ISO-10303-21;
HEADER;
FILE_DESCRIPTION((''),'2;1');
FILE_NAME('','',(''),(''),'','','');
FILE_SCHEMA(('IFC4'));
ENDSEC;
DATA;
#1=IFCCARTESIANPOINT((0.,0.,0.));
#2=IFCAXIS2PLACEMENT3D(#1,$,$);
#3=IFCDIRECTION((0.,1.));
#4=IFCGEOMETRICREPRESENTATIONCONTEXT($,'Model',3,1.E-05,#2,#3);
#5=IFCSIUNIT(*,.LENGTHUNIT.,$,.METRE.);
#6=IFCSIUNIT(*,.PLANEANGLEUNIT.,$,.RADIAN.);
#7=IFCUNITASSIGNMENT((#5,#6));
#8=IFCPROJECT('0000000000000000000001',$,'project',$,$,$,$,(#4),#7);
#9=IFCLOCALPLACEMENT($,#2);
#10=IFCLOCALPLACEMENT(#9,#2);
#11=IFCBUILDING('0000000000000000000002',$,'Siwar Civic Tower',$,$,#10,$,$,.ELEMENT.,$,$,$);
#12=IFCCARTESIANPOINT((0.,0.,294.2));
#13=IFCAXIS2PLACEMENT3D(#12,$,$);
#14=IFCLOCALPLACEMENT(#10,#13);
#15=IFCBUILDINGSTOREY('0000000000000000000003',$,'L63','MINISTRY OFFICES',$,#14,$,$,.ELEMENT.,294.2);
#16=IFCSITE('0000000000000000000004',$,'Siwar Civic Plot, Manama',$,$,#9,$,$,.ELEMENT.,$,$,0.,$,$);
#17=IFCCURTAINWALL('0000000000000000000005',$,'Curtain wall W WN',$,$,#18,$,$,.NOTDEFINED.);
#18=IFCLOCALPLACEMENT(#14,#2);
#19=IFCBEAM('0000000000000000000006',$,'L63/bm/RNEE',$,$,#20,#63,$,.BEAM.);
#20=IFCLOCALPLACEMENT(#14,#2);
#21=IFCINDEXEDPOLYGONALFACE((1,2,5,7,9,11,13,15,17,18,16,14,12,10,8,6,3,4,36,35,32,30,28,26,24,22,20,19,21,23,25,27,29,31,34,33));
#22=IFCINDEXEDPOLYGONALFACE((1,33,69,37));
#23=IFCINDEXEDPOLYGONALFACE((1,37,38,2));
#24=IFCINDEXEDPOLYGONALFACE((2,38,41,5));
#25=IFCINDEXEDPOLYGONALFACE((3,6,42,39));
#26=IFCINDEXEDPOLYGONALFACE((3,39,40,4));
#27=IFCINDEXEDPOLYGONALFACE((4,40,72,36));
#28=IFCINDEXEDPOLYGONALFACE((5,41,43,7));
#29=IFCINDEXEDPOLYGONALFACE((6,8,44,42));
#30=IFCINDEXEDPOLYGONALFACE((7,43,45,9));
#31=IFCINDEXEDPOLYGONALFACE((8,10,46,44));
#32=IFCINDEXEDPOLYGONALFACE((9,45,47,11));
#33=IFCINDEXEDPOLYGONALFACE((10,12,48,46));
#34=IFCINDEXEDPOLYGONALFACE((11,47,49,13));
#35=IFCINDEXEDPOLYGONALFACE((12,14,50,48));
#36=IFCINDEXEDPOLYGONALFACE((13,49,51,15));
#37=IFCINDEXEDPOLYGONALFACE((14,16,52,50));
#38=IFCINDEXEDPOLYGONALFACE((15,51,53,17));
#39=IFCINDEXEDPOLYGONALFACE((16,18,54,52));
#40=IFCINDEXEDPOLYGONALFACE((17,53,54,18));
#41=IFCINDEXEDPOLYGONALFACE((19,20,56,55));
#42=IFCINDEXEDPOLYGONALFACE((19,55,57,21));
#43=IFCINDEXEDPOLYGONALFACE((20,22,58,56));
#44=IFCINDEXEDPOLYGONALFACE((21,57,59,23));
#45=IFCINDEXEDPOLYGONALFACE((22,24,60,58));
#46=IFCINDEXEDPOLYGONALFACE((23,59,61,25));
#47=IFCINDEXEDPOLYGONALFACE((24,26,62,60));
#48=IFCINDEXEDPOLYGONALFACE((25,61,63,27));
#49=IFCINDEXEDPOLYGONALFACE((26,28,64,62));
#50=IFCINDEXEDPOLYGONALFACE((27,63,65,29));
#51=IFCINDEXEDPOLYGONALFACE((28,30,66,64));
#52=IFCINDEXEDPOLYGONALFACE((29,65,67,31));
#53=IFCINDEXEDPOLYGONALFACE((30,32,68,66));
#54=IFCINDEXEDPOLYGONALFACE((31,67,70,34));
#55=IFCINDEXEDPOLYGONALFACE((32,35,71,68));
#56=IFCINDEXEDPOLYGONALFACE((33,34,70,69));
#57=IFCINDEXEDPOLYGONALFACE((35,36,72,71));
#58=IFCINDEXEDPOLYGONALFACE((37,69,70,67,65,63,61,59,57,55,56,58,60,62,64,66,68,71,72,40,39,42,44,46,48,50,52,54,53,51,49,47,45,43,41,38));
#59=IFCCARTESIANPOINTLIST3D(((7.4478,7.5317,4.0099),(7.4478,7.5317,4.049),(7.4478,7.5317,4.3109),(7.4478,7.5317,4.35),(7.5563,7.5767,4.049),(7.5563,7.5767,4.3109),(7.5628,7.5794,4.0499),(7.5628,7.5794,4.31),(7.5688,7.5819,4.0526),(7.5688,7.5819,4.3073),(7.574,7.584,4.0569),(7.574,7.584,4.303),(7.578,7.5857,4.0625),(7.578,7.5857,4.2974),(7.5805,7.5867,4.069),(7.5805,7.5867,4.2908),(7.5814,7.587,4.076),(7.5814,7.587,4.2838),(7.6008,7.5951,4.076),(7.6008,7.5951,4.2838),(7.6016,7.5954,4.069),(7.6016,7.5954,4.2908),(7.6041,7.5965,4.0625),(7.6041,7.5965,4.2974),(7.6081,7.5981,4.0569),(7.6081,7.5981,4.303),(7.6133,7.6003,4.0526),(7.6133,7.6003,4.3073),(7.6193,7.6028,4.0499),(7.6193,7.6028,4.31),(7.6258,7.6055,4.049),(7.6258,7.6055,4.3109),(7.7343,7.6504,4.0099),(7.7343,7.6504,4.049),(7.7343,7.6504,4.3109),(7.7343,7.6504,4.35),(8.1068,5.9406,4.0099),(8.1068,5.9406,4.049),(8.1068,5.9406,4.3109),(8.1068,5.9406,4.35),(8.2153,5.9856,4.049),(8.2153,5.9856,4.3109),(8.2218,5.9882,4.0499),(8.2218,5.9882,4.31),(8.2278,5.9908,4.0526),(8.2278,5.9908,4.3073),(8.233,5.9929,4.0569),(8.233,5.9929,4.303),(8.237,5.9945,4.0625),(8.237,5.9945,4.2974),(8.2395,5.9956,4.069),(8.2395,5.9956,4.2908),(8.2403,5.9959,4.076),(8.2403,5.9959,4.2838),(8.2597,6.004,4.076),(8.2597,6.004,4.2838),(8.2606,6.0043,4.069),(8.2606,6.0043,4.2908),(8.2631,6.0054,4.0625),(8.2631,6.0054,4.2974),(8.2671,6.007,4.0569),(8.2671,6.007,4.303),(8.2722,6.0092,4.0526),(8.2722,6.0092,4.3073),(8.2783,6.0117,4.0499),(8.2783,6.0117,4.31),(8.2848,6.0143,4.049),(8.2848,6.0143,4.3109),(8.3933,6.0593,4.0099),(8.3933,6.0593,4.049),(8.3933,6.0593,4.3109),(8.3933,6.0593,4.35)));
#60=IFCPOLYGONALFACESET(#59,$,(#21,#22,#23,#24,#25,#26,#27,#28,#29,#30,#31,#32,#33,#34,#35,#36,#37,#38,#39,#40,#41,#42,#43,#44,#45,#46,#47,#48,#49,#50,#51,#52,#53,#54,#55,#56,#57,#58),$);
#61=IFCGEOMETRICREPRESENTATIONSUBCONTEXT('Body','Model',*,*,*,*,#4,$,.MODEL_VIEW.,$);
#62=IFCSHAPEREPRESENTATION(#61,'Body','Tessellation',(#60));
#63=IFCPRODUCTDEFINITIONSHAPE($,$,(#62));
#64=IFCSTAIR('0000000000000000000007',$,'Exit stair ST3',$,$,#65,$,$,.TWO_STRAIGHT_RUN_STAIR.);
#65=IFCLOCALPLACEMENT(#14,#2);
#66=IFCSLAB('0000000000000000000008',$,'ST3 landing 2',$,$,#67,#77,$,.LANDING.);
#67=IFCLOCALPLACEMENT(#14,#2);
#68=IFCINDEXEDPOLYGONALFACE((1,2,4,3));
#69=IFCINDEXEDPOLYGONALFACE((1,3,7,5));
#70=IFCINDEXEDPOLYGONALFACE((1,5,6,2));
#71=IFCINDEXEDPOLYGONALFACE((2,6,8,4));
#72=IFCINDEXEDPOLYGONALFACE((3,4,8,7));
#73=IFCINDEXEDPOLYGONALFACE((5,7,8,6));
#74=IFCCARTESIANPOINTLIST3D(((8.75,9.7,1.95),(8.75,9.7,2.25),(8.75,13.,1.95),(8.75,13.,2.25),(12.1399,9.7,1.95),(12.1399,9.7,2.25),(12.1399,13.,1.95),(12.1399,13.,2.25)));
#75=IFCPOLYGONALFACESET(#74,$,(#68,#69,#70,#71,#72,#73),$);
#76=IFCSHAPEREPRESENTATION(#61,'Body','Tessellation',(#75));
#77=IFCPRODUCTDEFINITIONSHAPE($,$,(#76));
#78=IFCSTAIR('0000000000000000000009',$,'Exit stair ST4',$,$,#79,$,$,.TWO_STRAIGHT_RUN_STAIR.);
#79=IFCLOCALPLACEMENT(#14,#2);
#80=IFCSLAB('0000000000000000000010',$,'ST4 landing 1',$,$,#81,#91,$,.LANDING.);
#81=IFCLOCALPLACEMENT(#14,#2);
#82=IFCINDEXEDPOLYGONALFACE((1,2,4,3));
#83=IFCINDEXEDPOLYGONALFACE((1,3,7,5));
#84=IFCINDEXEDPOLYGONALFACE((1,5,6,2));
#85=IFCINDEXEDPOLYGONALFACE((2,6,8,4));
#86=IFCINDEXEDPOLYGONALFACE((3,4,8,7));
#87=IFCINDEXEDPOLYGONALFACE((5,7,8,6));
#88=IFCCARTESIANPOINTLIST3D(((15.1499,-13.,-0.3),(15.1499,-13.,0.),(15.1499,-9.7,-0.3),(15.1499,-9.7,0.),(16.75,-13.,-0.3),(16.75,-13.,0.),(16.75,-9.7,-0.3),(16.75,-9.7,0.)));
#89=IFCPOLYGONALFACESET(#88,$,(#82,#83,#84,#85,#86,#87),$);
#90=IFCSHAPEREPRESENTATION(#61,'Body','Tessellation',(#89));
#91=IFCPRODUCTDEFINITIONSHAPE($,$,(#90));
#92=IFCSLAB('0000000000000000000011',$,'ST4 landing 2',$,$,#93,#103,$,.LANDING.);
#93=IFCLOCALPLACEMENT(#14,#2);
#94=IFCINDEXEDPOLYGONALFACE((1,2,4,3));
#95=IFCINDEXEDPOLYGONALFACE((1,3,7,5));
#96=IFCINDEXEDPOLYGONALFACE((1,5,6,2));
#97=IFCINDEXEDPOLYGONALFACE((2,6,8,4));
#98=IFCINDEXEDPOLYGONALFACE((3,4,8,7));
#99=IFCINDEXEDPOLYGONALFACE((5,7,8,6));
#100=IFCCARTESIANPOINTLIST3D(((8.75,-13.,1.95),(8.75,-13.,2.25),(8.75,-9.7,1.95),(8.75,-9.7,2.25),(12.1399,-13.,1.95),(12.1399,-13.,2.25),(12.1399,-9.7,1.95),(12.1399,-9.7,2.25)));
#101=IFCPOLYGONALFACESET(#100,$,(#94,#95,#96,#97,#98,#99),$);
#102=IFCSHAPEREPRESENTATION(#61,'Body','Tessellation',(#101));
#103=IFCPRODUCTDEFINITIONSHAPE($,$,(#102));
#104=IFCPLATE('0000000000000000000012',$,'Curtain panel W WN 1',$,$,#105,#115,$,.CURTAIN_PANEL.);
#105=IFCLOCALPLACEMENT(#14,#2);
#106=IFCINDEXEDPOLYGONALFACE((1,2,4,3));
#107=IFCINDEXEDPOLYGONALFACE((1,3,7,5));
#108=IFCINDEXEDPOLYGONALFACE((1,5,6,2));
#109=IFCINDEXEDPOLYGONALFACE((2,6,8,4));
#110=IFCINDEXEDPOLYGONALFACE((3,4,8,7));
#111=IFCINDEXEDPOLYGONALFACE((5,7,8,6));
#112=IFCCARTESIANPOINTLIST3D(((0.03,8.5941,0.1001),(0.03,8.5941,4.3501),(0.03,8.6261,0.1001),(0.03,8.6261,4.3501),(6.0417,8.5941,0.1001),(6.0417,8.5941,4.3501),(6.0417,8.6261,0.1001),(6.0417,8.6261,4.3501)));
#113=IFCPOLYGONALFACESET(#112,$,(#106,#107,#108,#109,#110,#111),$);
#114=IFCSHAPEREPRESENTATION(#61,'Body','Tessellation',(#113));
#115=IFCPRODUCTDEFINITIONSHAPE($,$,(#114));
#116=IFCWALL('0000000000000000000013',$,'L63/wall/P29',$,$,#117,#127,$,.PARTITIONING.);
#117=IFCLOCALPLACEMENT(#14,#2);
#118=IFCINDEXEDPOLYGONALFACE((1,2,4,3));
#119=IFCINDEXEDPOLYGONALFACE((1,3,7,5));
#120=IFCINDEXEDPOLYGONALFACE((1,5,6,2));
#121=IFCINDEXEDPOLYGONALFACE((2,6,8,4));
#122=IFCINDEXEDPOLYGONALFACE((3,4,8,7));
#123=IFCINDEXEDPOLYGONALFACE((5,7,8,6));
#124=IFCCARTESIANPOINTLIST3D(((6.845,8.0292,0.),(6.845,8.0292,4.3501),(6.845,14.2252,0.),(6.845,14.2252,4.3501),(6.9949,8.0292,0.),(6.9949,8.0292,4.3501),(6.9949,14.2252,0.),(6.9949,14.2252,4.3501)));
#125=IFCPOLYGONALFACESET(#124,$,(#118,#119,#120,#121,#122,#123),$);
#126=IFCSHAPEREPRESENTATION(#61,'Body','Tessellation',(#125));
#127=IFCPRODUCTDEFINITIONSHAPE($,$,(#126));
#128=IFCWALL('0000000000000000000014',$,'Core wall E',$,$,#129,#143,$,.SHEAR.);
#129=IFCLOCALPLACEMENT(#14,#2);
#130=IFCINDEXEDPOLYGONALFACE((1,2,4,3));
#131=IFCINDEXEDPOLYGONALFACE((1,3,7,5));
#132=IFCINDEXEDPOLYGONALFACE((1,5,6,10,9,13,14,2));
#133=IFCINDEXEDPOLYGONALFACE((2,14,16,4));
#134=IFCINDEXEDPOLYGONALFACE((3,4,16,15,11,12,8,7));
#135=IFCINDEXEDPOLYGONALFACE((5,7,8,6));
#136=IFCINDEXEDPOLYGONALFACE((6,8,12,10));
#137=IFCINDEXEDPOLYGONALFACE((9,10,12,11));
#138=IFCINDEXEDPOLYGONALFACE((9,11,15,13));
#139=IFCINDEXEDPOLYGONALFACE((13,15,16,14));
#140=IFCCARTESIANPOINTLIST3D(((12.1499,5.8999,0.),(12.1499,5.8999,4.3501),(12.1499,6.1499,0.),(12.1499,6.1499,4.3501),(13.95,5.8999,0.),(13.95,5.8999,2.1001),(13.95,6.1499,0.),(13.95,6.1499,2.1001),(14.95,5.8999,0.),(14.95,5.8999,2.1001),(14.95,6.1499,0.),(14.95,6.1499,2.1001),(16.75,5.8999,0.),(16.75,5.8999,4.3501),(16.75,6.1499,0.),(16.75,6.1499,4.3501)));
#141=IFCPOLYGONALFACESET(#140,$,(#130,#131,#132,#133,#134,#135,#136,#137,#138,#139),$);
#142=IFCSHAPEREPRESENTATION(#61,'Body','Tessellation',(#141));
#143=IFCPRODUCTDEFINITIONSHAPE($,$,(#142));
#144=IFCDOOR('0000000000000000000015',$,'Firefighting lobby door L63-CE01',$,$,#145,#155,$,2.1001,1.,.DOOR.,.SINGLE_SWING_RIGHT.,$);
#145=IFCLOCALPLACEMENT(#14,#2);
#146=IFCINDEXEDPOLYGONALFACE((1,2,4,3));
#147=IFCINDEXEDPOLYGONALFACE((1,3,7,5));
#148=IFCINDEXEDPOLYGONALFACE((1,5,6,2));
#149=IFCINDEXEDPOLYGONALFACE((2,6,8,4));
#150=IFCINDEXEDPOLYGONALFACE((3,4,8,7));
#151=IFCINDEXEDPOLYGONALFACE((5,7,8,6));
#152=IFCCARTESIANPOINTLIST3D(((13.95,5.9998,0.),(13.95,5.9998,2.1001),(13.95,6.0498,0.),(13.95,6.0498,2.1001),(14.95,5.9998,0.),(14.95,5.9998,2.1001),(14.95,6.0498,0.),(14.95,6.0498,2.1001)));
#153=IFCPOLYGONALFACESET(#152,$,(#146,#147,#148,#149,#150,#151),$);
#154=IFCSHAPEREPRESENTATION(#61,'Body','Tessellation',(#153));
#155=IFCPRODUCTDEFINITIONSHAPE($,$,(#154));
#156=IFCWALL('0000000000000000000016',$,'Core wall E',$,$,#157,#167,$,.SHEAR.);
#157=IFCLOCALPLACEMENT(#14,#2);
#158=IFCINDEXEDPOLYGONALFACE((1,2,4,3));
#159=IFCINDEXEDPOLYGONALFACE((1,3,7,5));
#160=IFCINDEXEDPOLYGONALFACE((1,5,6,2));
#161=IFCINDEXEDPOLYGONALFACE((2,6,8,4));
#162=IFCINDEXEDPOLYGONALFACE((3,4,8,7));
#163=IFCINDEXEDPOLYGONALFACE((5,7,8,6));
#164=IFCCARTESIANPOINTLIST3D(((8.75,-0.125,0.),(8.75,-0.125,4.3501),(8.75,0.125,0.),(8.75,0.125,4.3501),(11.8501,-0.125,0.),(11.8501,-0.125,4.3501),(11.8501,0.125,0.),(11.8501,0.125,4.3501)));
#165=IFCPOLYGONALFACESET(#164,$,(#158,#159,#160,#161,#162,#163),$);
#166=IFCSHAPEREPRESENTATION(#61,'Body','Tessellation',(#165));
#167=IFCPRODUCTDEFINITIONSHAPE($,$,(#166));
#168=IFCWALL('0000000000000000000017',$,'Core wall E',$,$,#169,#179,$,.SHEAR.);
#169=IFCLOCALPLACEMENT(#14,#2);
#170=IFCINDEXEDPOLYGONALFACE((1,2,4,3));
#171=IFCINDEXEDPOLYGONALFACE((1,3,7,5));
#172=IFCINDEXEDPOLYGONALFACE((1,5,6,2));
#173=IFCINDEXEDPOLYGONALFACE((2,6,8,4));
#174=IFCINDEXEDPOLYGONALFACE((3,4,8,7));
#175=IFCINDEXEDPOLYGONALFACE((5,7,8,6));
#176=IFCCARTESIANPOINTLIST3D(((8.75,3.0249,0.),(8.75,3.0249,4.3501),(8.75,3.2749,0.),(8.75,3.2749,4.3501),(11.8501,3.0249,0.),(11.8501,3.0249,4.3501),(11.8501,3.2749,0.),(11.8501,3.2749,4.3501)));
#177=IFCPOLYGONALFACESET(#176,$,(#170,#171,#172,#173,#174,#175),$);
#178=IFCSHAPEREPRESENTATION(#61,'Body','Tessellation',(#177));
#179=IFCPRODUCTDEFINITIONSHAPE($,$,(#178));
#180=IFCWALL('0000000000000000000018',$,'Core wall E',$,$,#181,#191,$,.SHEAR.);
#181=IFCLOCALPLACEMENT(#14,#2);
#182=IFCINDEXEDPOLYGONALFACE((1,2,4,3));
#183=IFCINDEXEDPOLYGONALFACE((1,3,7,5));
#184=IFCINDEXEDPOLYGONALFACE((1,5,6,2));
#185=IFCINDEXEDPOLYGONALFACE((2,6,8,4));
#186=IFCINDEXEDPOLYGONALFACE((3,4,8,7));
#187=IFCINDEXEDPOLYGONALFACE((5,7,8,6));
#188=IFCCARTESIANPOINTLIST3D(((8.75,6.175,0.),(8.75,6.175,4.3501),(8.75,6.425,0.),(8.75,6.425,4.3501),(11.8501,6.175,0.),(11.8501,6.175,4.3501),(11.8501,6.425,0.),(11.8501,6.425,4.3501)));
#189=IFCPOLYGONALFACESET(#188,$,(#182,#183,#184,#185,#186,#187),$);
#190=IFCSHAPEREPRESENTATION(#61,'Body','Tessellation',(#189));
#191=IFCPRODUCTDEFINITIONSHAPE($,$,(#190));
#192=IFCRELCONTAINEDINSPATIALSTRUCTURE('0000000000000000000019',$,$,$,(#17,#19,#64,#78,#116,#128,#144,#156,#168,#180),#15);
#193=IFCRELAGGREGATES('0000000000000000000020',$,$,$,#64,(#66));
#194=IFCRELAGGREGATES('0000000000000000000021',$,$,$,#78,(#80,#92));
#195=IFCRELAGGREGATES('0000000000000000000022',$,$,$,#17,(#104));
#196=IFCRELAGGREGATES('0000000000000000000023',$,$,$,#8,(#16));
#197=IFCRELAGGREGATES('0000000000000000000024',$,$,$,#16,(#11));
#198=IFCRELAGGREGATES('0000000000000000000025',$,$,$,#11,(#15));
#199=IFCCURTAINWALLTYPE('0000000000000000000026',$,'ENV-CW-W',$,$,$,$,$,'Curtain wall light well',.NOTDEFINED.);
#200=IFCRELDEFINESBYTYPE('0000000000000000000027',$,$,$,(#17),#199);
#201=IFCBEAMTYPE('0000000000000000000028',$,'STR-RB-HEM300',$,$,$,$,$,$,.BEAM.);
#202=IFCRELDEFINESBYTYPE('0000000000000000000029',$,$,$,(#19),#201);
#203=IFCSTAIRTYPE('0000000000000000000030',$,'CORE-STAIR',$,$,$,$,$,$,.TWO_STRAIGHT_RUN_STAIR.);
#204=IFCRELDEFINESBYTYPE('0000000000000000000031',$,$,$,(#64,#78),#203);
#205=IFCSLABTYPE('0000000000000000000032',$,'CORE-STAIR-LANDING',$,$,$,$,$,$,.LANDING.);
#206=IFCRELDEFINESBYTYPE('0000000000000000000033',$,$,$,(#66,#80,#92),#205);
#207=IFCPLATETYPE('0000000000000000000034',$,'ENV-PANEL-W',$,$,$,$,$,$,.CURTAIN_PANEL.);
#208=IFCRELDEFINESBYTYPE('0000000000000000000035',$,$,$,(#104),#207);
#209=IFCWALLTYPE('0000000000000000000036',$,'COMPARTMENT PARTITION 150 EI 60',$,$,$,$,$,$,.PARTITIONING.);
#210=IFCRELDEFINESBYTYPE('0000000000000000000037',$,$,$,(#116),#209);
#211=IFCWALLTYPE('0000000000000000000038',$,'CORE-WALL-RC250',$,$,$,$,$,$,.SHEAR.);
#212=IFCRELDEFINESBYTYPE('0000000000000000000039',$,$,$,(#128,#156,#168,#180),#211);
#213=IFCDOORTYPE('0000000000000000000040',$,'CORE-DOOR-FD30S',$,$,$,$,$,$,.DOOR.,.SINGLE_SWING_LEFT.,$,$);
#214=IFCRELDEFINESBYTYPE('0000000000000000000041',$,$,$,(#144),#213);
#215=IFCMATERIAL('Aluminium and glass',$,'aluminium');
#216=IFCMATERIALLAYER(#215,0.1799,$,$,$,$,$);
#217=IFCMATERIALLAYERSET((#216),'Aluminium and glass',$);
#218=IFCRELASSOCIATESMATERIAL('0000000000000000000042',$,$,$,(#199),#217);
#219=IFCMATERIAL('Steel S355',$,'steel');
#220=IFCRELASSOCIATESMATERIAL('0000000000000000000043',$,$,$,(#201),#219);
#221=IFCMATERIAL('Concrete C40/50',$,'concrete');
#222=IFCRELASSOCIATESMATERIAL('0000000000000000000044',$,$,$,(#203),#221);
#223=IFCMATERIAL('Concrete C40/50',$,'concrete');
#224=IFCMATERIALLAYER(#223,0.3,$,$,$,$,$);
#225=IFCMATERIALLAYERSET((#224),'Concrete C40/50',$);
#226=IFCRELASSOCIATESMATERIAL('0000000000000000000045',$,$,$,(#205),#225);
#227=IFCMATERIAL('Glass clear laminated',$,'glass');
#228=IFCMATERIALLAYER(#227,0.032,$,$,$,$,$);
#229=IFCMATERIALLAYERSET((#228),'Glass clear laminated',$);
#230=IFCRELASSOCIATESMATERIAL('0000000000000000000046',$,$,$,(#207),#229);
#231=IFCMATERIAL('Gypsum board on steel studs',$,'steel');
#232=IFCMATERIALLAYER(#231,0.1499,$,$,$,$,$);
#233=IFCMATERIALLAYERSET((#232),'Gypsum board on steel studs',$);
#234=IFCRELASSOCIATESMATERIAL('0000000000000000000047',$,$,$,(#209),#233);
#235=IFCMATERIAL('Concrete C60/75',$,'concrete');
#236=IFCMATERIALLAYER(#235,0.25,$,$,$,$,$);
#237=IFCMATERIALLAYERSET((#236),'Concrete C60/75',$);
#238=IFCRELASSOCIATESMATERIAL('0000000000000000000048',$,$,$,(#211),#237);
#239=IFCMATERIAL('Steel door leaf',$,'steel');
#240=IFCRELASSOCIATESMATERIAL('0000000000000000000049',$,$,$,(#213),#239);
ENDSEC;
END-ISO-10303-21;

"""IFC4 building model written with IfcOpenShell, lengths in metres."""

from ifc_helpers import new_model, si_unit, direction, frame, frame_2d, origin, origin_2d, place, context, subcontext, project, spatial, polyline, rectangle, i_section, outline, extrude, material, layer, layer_set, material_profile, profile_set, type_object, element, fill, aggregate, save


model = new_model("IFC4")

# Units and contexts
model_context = context("Model", 3, precision=1e-05, world=origin(), true_north=direction((0.0, 1.0)))
body_context = subcontext(model_context, "Body", "Model", "MODEL_VIEW")
ifc_project = project(units=[si_unit("LENGTHUNIT", "METRE"), si_unit("PLANEANGLEUNIT", "RADIAN")], contexts=[model_context])

# Site, building, storey
site_placement = place(None, origin())
site = spatial("IfcSite", under=ifc_project, at=site_placement, Name="Siwar Civic Plot, Manama", CompositionType="ELEMENT", RefElevation=0.0)
building_placement = place(site_placement, origin())
building = spatial("IfcBuilding", under=site, at=building_placement, Name="Siwar Civic Tower", CompositionType="ELEMENT")
storey_placement = place(building_placement, frame((0.0, 0.0, 294.2)))
storey = spatial("IfcBuildingStorey", under=building, at=storey_placement, Name="L63", Description="MINISTRY OFFICES", CompositionType="ELEMENT", Elevation=294.2)

# Curtain wall
ifc_material_1 = material(Name="Aluminium and glass", Category="aluminium")
ifc_layer_1 = layer(ifc_material_1, 0.1799)
ifc_layer_set_1 = layer_set([ifc_layer_1], Name="Aluminium and glass")
curtain_wall_type = type_object("IfcCurtainWallType", Name="ENV-CW-W", ElementType="Curtain wall light well", PredefinedType="NOTDEFINED", material=ifc_layer_set_1)
curtain_wall_placement = place(storey_placement, origin())
curtain_wall = element("IfcCurtainWall", 1, at=curtain_wall_placement, inside=storey, type_object=curtain_wall_type, Name="Curtain wall W WN", PredefinedType="NOTDEFINED")

# Beam
ifc_material_2 = material(Name="Steel S355", Category="steel")
ifc_material_profile_1 = material_profile(ifc_material_2, i_section(OverallWidth=0.3101, OverallDepth=0.3401, WebThickness=0.021, FlangeThickness=0.0391, FilletRadius=0.0271, at=origin_2d()), Name="HEM300")
ifc_profile_set_1 = profile_set([ifc_material_profile_1], Name="Steel S355")
beam_type_1 = type_object("IfcBeamType", Name="STR-RB-HEM300", PredefinedType="BEAM", material=ifc_profile_set_1)
for number, where, z_axis, x_axis, name in (
    (2, (7.5911, 7.5911, 4.1799), (0.382631, -0.923901, 0.0), (0.923901, 0.382631, 0.0), "L63/bm/RNEE"),
):
    element("IfcBeam", number, at=place(storey_placement, frame(where, z_axis=z_axis, x_axis=x_axis)), inside=storey, type_object=beam_type_1, Name=name, PredefinedType="BEAM", context=body_context, shape_type="SweptSolid", body=[
        extrude(i_section(OverallWidth=0.3101, OverallDepth=0.3401, WebThickness=0.021, FlangeThickness=0.0391, FilletRadius=0.0271, at=origin_2d()), origin(), (0.0, 0.0, 1.0), 1.7222),
    ])

# Stair, slab
ifc_material_3 = material(Name="Concrete C40/50", Category="concrete")
stair_type = type_object("IfcStairType", Name="CORE-STAIR", PredefinedType="TWO_STRAIGHT_RUN_STAIR", material=ifc_material_3)
stair_1_placement = place(storey_placement, origin())
stair_1 = element("IfcStair", 3, at=stair_1_placement, inside=storey, type_object=stair_type, Name="Exit stair ST3", PredefinedType="TWO_STRAIGHT_RUN_STAIR")
ifc_material_4 = material(Name="Concrete C40/50", Category="concrete")
ifc_layer_2 = layer(ifc_material_4, 0.3)
ifc_layer_set_2 = layer_set([ifc_layer_2], Name="Concrete C40/50")
slab_type_1 = type_object("IfcSlabType", Name="CORE-STAIR-LANDING", PredefinedType="LANDING", material=ifc_layer_set_2)
slab_1_placement = place(storey_placement, frame((0.0, 0.0, 1.95)))
slab_1 = element("IfcSlab", 4, at=slab_1_placement, type_object=slab_type_1, Name="ST3 landing 2", PredefinedType="LANDING", context=body_context, shape_type="SweptSolid", body=[
    extrude(outline(polyline([(8.75, 9.7), (12.1399, 9.7), (12.1399, 13.0), (8.75, 13.0), (8.75, 9.7)])), origin(), (0.0, 0.0, 1.0), 0.3),
])
aggregate(stair_1, [slab_1])

# Stair, slabs
stair_2_placement = place(storey_placement, origin())
stair_2 = element("IfcStair", 5, at=stair_2_placement, inside=storey, type_object=stair_type, Name="Exit stair ST4", PredefinedType="TWO_STRAIGHT_RUN_STAIR")
slab_2_placement = place(storey_placement, frame((0.0, 0.0, -0.3)))
slab_2 = element("IfcSlab", 6, at=slab_2_placement, type_object=slab_type_1, Name="ST4 landing 1", PredefinedType="LANDING", context=body_context, shape_type="SweptSolid", body=[
    extrude(outline(polyline([(15.1499, -13.0), (16.75, -13.0), (16.75, -9.7), (15.1499, -9.7), (15.1499, -13.0)])), origin(), (0.0, 0.0, 1.0), 0.3),
])
slab_3_placement = place(storey_placement, frame((0.0, 0.0, 1.95)))
slab_3 = element("IfcSlab", 7, at=slab_3_placement, type_object=slab_type_1, Name="ST4 landing 2", PredefinedType="LANDING", context=body_context, shape_type="SweptSolid", body=[
    extrude(outline(polyline([(8.75, -13.0), (12.1399, -13.0), (12.1399, -9.7), (8.75, -9.7), (8.75, -13.0)])), origin(), (0.0, 0.0, 1.0), 0.3),
])
aggregate(stair_2, [slab_2, slab_3])

# Plate
ifc_material_5 = material(Name="Glass clear laminated", Category="glass")
ifc_layer_3 = layer(ifc_material_5, 0.032)
ifc_layer_set_3 = layer_set([ifc_layer_3], Name="Glass clear laminated")
plate_type = type_object("IfcPlateType", Name="ENV-PANEL-W", PredefinedType="CURTAIN_PANEL", material=ifc_layer_set_3)
plate_placement = place(storey_placement, frame((3.0359, 8.6101, 0.1001), z_axis=(0.0, 0.0, 1.0), x_axis=(-1.0, 0.0, 0.0)))
plate = element("IfcPlate", 8, at=plate_placement, type_object=plate_type, Name="Curtain panel W WN 1", PredefinedType="CURTAIN_PANEL", context=body_context, shape_type="SweptSolid", body=[
    extrude(rectangle(XDim=6.0117, YDim=0.032, at=origin_2d()), origin(), (0.0, 0.0, 1.0), 4.25),
])
aggregate(curtain_wall, [plate])

# Wall
ifc_material_6 = material(Name="Gypsum board on steel studs", Category="steel")
ifc_layer_4 = layer(ifc_material_6, 0.1499)
ifc_layer_set_4 = layer_set([ifc_layer_4], Name="Gypsum board on steel studs")
wall_type_1 = type_object("IfcWallType", Name="COMPARTMENT PARTITION 150 EI 60", PredefinedType="PARTITIONING", material=ifc_layer_set_4)
wall_1_placement = place(storey_placement, frame((6.9199, 8.0291, 0.0), z_axis=(0.0, 0.0, 1.0), x_axis=(0.0, 1.0, 0.0)))
element("IfcWall", 9, at=wall_1_placement, inside=storey, type_object=wall_type_1, Name="L63/wall/P29", PredefinedType="PARTITIONING", context=body_context, shape_type="SweptSolid", body=[
    extrude(rectangle(XDim=6.196, YDim=0.1499, at=frame_2d((3.0981, 0.0))), origin(), (0.0, 0.0, 1.0), 4.3501),
])

# Wall, opening, door
ifc_material_7 = material(Name="Concrete C60/75", Category="concrete")
ifc_layer_5 = layer(ifc_material_7, 0.25)
ifc_layer_set_5 = layer_set([ifc_layer_5], Name="Concrete C60/75")
wall_type_2 = type_object("IfcWallType", Name="CORE-WALL-RC250", PredefinedType="SHEAR", material=ifc_layer_set_5)
wall_2_placement = place(storey_placement, frame((12.1499, 6.0249, 0.0), z_axis=(0.0, 0.0, 1.0), x_axis=(1.0, 0.0, 0.0)))
wall_2 = element("IfcWall", 10, at=wall_2_placement, inside=storey, type_object=wall_type_2, Name="Core wall E", PredefinedType="SHEAR", context=body_context, shape_type="SweptSolid", body=[
    extrude(rectangle(XDim=4.6001, YDim=0.25, at=frame_2d((2.3, 0.0))), origin(), (0.0, 0.0, 1.0), 4.3501),
])
opening_placement = place(wall_2_placement, frame((1.8, 0.0, 0.0)))
opening = element("IfcOpeningElement", 11, at=opening_placement, cuts=wall_2, PredefinedType="OPENING", context=body_context, shape_type="SweptSolid", body=[
    extrude(rectangle(XDim=1.0, YDim=2.1001, at=frame_2d((0.5, 1.05))), frame((0.0, 0.135, 0.0), z_axis=(0.0, -1.0, 0.0), x_axis=(1.0, 0.0, 0.0)), (0.0, 0.0, 1.0), 0.27),
])
ifc_material_8 = material(Name="Steel door leaf", Category="steel")
door_type = type_object("IfcDoorType", Name="CORE-DOOR-FD30S", OperationType="SINGLE_SWING_LEFT", PredefinedType="DOOR", material=ifc_material_8)
door_placement = place(opening_placement, origin())
door = element("IfcDoor", 12, at=door_placement, inside=storey, type_object=door_type, Name="Firefighting lobby door L63-CE01", OperationType="SINGLE_SWING_RIGHT", OverallHeight=2.1001, OverallWidth=1.0, PredefinedType="DOOR", context=body_context, shape_type="SweptSolid", body=[
    extrude(rectangle(XDim=1.0, YDim=2.1001, at=frame_2d((0.5, 1.05))), frame((0.0, 0.0249, 0.0), z_axis=(0.0, -1.0, 0.0), x_axis=(1.0, 0.0, 0.0)), (0.0, 0.0, 1.0), 0.05),
])
fill(opening, door)

# Walls
for number, where, z_axis, x_axis, name in (
    (13, (8.75, 0.0, 0.0), (0.0, 0.0, 1.0), (1.0, 0.0, 0.0), "Core wall E"),
    (14, (8.75, 3.1499, 0.0), (0.0, 0.0, 1.0), (1.0, 0.0, 0.0), "Core wall E"),
    (15, (8.75, 6.3, 0.0), (0.0, 0.0, 1.0), (1.0, 0.0, 0.0), "Core wall E"),
):
    element("IfcWall", number, at=place(storey_placement, frame(where, z_axis=z_axis, x_axis=x_axis)), inside=storey, type_object=wall_type_2, Name=name, PredefinedType="SHEAR", context=body_context, shape_type="SweptSolid", body=[
        extrude(rectangle(XDim=3.1001, YDim=0.25, at=frame_2d((1.55, 0.0))), origin(), (0.0, 0.0, 1.0), 4.3501),
    ])

save(model, "model.ifc")
